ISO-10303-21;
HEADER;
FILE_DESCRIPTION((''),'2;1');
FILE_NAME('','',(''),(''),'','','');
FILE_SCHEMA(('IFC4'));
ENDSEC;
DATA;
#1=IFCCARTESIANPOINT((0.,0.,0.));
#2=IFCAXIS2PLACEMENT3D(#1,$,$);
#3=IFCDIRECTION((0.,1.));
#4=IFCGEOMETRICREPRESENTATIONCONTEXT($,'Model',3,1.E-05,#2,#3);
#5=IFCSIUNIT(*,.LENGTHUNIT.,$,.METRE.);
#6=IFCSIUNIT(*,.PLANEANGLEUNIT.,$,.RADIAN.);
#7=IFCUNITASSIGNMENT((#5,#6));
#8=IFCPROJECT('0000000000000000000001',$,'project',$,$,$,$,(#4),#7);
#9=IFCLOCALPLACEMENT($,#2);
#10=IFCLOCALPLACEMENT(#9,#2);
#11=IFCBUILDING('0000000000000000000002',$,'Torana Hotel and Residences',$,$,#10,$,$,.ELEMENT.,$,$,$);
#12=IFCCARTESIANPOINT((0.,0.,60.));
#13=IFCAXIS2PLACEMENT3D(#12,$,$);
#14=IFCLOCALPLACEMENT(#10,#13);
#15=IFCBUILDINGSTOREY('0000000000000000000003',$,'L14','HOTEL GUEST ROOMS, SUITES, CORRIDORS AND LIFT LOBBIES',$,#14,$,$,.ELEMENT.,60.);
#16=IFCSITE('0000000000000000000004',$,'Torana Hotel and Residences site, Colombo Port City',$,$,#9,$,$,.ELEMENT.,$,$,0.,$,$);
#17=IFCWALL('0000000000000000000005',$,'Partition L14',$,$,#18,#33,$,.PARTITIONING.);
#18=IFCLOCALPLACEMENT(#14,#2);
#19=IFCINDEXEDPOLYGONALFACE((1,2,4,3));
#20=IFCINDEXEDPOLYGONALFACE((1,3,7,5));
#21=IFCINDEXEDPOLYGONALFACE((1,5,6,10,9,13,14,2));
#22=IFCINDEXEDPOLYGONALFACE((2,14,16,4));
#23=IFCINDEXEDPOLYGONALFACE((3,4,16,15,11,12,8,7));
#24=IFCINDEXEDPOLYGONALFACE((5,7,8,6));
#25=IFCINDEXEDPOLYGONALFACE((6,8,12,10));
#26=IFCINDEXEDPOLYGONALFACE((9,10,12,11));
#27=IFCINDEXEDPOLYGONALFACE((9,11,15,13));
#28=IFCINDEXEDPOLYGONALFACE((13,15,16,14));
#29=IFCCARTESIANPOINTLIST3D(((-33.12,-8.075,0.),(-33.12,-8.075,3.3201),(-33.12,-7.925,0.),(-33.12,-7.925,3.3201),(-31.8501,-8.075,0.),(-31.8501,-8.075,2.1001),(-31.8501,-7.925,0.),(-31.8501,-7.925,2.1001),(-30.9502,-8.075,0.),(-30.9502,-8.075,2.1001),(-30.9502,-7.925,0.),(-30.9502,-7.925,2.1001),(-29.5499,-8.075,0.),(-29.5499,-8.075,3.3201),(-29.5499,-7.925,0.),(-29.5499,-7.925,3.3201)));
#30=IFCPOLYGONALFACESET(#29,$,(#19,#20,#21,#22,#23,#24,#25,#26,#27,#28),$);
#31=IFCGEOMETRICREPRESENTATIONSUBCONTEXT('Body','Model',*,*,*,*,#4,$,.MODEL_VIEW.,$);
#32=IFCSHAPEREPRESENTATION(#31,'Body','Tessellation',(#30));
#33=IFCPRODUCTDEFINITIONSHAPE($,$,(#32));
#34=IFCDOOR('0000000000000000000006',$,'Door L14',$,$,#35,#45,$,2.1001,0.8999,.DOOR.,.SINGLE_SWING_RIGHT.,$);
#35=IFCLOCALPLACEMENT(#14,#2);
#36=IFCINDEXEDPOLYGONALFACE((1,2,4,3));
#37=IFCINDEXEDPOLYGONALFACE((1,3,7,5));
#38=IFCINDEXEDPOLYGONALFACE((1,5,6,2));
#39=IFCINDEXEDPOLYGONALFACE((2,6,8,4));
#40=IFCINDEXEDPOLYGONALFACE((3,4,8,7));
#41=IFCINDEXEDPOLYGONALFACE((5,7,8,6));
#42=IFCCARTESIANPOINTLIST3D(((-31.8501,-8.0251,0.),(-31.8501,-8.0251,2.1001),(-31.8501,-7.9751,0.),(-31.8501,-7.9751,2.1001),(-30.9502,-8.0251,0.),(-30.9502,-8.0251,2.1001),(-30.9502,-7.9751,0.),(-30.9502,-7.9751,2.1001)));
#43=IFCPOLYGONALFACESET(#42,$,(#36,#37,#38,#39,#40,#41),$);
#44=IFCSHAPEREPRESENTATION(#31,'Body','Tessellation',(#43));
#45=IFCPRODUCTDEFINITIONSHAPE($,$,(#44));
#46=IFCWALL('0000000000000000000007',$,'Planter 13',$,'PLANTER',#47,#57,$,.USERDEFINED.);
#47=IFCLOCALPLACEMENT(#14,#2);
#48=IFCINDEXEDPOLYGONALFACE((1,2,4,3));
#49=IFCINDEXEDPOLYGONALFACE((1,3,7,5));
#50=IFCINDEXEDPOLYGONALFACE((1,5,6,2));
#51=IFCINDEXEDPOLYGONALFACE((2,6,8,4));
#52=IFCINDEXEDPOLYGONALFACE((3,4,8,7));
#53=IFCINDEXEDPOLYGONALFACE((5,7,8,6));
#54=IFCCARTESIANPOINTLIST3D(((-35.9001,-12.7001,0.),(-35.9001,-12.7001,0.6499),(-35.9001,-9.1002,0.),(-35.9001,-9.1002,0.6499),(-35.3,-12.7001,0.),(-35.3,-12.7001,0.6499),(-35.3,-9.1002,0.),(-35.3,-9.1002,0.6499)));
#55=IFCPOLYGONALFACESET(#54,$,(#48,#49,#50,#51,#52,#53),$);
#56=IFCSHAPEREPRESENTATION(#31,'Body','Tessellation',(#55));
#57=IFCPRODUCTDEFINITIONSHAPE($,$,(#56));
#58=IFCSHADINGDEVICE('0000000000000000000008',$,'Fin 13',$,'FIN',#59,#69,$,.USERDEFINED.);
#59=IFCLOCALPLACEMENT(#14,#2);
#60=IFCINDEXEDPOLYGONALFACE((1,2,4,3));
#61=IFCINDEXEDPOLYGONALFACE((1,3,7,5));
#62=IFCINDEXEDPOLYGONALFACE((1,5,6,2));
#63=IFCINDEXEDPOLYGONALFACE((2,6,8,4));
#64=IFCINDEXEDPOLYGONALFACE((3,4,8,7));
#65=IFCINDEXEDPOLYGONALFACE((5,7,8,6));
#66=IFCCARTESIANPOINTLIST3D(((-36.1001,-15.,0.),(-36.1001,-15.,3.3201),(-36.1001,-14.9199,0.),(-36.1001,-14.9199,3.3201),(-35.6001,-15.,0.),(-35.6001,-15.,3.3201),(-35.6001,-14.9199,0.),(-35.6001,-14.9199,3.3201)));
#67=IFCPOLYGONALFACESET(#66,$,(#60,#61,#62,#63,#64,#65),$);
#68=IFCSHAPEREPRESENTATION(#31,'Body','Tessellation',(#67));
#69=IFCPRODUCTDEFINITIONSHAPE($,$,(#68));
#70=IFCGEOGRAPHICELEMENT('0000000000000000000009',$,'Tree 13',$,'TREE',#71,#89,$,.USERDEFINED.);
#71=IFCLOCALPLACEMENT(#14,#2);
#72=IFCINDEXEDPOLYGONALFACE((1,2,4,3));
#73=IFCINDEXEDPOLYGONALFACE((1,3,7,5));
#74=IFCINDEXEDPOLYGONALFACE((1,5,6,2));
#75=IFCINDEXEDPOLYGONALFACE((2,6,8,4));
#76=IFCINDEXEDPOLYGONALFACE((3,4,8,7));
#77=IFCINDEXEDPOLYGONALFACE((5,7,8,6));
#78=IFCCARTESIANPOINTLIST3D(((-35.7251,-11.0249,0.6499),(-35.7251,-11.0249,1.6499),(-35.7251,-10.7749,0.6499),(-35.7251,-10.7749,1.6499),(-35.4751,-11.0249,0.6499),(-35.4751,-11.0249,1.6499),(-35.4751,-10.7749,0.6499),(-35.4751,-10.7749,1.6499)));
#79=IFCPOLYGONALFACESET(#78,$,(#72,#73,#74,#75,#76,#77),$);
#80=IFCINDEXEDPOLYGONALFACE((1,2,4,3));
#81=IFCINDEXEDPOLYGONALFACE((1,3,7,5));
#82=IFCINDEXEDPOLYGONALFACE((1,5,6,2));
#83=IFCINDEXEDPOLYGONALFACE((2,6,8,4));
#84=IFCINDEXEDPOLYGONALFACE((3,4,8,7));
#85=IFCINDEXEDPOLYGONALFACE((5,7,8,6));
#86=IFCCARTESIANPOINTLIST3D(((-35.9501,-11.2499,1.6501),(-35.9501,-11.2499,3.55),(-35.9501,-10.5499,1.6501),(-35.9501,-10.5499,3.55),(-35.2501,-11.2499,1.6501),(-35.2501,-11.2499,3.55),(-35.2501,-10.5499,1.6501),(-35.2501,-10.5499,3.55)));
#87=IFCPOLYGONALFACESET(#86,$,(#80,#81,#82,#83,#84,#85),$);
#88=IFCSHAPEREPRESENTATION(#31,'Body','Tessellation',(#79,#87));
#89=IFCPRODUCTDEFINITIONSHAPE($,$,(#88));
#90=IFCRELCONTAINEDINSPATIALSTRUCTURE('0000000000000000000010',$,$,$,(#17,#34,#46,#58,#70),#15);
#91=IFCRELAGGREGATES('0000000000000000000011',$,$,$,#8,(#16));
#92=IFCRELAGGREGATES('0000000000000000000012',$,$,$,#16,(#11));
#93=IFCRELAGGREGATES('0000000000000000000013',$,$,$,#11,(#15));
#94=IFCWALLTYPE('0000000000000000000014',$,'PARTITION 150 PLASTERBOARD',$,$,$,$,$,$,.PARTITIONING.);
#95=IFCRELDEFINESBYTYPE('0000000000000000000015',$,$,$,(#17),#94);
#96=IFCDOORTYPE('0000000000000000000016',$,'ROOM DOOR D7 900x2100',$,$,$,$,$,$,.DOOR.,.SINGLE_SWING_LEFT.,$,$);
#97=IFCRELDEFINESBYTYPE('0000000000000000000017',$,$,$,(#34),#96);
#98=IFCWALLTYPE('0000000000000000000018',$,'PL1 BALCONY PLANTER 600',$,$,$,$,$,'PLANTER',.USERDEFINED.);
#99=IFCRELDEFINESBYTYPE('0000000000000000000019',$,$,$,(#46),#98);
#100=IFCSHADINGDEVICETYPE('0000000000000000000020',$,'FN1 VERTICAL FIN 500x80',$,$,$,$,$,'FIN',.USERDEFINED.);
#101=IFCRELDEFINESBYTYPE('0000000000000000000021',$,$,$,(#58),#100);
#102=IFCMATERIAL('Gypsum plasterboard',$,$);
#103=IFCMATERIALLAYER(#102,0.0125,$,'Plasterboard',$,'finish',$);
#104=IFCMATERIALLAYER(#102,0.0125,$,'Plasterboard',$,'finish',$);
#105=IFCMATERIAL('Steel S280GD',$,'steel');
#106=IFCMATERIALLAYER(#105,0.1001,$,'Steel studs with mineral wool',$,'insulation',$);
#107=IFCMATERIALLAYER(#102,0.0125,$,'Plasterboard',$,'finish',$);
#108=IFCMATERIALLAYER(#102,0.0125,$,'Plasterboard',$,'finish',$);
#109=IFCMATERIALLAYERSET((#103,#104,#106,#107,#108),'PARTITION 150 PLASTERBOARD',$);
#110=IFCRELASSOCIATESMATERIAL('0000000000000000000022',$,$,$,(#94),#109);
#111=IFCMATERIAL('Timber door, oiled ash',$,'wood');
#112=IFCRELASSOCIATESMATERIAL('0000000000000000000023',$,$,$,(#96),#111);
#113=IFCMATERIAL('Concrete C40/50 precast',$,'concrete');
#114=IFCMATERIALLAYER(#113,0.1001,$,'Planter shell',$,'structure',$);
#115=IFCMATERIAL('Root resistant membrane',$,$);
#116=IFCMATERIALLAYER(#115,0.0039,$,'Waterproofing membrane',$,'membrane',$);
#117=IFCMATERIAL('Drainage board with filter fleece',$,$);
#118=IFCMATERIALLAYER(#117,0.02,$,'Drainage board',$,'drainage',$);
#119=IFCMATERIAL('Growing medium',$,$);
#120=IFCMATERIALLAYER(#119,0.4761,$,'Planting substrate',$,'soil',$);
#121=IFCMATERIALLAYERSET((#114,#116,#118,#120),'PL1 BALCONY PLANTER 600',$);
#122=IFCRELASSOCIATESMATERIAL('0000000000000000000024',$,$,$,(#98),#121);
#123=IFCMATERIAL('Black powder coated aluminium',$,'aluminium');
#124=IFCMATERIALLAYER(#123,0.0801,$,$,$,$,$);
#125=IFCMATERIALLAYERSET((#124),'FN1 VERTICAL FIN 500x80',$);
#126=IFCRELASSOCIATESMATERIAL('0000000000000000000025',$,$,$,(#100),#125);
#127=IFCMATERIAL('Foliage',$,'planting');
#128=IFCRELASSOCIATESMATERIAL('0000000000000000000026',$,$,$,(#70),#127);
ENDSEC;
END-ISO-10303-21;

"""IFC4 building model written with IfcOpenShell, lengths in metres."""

from ifc_helpers import new_model, si_unit, direction, frame, frame_2d, origin, origin_2d, place, context, subcontext, project, spatial, rectangle, extrude, material, layer, layer_set, type_object, element, fill, save


model = new_model("IFC4")

# Units and contexts
model_context = context("Model", 3, precision=1e-05, world=origin(), true_north=direction((0.0, 1.0)))
body_context = subcontext(model_context, "Body", "Model", "MODEL_VIEW")
ifc_project = project(units=[si_unit("LENGTHUNIT", "METRE"), si_unit("PLANEANGLEUNIT", "RADIAN")], contexts=[model_context])

# Site, building, storey
site_placement = place(None, origin())
site = spatial("IfcSite", under=ifc_project, at=site_placement, Name="Torana Hotel and Residences site, Colombo Port City", CompositionType="ELEMENT", RefElevation=0.0)
building_placement = place(site_placement, origin())
building = spatial("IfcBuilding", under=site, at=building_placement, Name="Torana Hotel and Residences", CompositionType="ELEMENT")
storey_placement = place(building_placement, frame((0.0, 0.0, 60.0)))
storey = spatial("IfcBuildingStorey", under=building, at=storey_placement, Name="L14", Description="HOTEL GUEST ROOMS, SUITES, CORRIDORS AND LIFT LOBBIES", CompositionType="ELEMENT", Elevation=60.0)

# Wall, opening, door
ifc_material_1 = material(Name="Gypsum plasterboard")
ifc_layer_1 = layer(ifc_material_1, 0.0125, Name="Plasterboard", Category="finish")
ifc_layer_2 = layer(ifc_material_1, 0.0125, Name="Plasterboard", Category="finish")
ifc_material_2 = material(Name="Steel S280GD", Category="steel")
ifc_layer_3 = layer(ifc_material_2, 0.1001, Name="Steel studs with mineral wool", Category="insulation")
ifc_layer_4 = layer(ifc_material_1, 0.0125, Name="Plasterboard", Category="finish")
ifc_layer_5 = layer(ifc_material_1, 0.0125, Name="Plasterboard", Category="finish")
ifc_layer_set_1 = layer_set([ifc_layer_1, ifc_layer_2, ifc_layer_3, ifc_layer_4, ifc_layer_5], Name="PARTITION 150 PLASTERBOARD")
wall_type_1 = type_object("IfcWallType", Name="PARTITION 150 PLASTERBOARD", PredefinedType="PARTITIONING", material=ifc_layer_set_1)
wall_1_placement = place(storey_placement, frame((-33.1201, -8.0, 0.0), z_axis=(0.0, 0.0, 1.0), x_axis=(1.0, 0.0, 0.0)))
wall_1 = element("IfcWall", 1, at=wall_1_placement, inside=storey, type_object=wall_type_1, Name="Partition L14", PredefinedType="PARTITIONING", context=body_context, shape_type="SweptSolid", body=[
    extrude(rectangle(XDim=3.5701, YDim=0.1499, at=frame_2d((1.7852, 0.0))), origin(), (0.0, 0.0, 1.0), 3.3201),
])
opening_1_placement = place(wall_1_placement, frame((1.27, 0.0, 0.0)))
opening_1 = element("IfcOpeningElement", 2, at=opening_1_placement, cuts=wall_1, PredefinedType="OPENING", context=body_context, shape_type="SweptSolid", body=[
    extrude(rectangle(XDim=0.8999, YDim=2.1001, at=frame_2d((0.45, 1.05))), frame((0.0, 0.085, 0.0), z_axis=(0.0, -1.0, 0.0), x_axis=(1.0, 0.0, 0.0)), (0.0, 0.0, 1.0), 0.1699),
])
ifc_material_3 = material(Name="Timber door, oiled ash", Category="wood")
door_type_1 = type_object("IfcDoorType", Name="ROOM DOOR D7 900x2100", OperationType="SINGLE_SWING_LEFT", PredefinedType="DOOR", material=ifc_material_3)
door_1_placement = place(opening_1_placement, origin())
door_1 = element("IfcDoor", 3, at=door_1_placement, inside=storey, type_object=door_type_1, Name="Door L14", OperationType="SINGLE_SWING_RIGHT", OverallHeight=2.1001, OverallWidth=0.8999, PredefinedType="DOOR", context=body_context, shape_type="SweptSolid", body=[
    extrude(rectangle(XDim=0.8999, YDim=2.1001, at=frame_2d((0.45, 1.05))), frame((0.0, 0.0249, 0.0), z_axis=(0.0, -1.0, 0.0), x_axis=(1.0, 0.0, 0.0)), (0.0, 0.0, 1.0), 0.05),
])
fill(opening_1, door_1)

# Wall
ifc_material_4 = material(Name="Concrete C40/50 precast", Category="concrete")
ifc_layer_6 = layer(ifc_material_4, 0.1001, Name="Planter shell", Category="structure")
ifc_material_5 = material(Name="Root resistant membrane")
ifc_layer_7 = layer(ifc_material_5, 0.0039, Name="Waterproofing membrane", Category="membrane")
ifc_material_6 = material(Name="Drainage board with filter fleece")
ifc_layer_8 = layer(ifc_material_6, 0.02, Name="Drainage board", Category="drainage")
ifc_material_7 = material(Name="Growing medium")
ifc_layer_9 = layer(ifc_material_7, 0.4761, Name="Planting substrate", Category="soil")
ifc_layer_set_2 = layer_set([ifc_layer_6, ifc_layer_7, ifc_layer_8, ifc_layer_9], Name="PL1 BALCONY PLANTER 600")
wall_type_2 = type_object("IfcWallType", Name="PL1 BALCONY PLANTER 600", ElementType="PLANTER", PredefinedType="USERDEFINED", material=ifc_layer_set_2)
wall_2_placement = place(storey_placement, frame((-35.6001, -12.7, 0.0), z_axis=(0.0, 0.0, 1.0), x_axis=(0.0, 1.0, 0.0)))
element("IfcWall", 4, at=wall_2_placement, inside=storey, type_object=wall_type_2, Name="Planter 13", ObjectType="PLANTER", PredefinedType="USERDEFINED", context=body_context, shape_type="SweptSolid", body=[
    extrude(rectangle(XDim=3.5999, YDim=0.6001, at=frame_2d((1.7998, 0.0))), origin(), (0.0, 0.0, 1.0), 0.6499),
])

# Shading device
ifc_material_8 = material(Name="Black powder coated aluminium", Category="aluminium")
ifc_layer_10 = layer(ifc_material_8, 0.0801)
ifc_layer_set_3 = layer_set([ifc_layer_10], Name="FN1 VERTICAL FIN 500x80")
shading_device_type = type_object("IfcShadingDeviceType", Name="FN1 VERTICAL FIN 500x80", ElementType="FIN", PredefinedType="USERDEFINED", material=ifc_layer_set_3)
shading_device_placement = place(storey_placement, frame((-35.8501, -14.96, 0.0), z_axis=(0.0, 0.0, 1.0), x_axis=(0.0, 1.0, 0.0)))
element("IfcShadingDevice", 5, at=shading_device_placement, inside=storey, type_object=shading_device_type, Name="Fin 13", ObjectType="FIN", PredefinedType="USERDEFINED", context=body_context, shape_type="SweptSolid", body=[
    extrude(rectangle(XDim=0.0801, YDim=0.5, at=origin_2d()), origin(), (0.0, 0.0, 1.0), 3.3201),
])

# Geographic element
ifc_material_9 = material(Name="Foliage", Category="planting")
geographic_element_placement = place(storey_placement, frame((-35.6001, -10.8999, 0.6499), z_axis=(0.0, 0.0, 1.0), x_axis=(1.0, 0.0, 0.0)))
element("IfcGeographicElement", 6, at=geographic_element_placement, inside=storey, material=ifc_material_9, Name="Tree 13", ObjectType="TREE", PredefinedType="USERDEFINED", context=body_context, shape_type="SweptSolid", body=[
    extrude(rectangle(XDim=0.25, YDim=0.25, at=origin_2d()), origin(), (0.0, 0.0, 1.0), 1.0),
    extrude(rectangle(XDim=0.7, YDim=0.7, at=origin_2d()), frame((0.0, 0.0, 1.0002)), (0.0, 0.0, 1.0), 1.8999),
])

save(model, "model.ifc")
